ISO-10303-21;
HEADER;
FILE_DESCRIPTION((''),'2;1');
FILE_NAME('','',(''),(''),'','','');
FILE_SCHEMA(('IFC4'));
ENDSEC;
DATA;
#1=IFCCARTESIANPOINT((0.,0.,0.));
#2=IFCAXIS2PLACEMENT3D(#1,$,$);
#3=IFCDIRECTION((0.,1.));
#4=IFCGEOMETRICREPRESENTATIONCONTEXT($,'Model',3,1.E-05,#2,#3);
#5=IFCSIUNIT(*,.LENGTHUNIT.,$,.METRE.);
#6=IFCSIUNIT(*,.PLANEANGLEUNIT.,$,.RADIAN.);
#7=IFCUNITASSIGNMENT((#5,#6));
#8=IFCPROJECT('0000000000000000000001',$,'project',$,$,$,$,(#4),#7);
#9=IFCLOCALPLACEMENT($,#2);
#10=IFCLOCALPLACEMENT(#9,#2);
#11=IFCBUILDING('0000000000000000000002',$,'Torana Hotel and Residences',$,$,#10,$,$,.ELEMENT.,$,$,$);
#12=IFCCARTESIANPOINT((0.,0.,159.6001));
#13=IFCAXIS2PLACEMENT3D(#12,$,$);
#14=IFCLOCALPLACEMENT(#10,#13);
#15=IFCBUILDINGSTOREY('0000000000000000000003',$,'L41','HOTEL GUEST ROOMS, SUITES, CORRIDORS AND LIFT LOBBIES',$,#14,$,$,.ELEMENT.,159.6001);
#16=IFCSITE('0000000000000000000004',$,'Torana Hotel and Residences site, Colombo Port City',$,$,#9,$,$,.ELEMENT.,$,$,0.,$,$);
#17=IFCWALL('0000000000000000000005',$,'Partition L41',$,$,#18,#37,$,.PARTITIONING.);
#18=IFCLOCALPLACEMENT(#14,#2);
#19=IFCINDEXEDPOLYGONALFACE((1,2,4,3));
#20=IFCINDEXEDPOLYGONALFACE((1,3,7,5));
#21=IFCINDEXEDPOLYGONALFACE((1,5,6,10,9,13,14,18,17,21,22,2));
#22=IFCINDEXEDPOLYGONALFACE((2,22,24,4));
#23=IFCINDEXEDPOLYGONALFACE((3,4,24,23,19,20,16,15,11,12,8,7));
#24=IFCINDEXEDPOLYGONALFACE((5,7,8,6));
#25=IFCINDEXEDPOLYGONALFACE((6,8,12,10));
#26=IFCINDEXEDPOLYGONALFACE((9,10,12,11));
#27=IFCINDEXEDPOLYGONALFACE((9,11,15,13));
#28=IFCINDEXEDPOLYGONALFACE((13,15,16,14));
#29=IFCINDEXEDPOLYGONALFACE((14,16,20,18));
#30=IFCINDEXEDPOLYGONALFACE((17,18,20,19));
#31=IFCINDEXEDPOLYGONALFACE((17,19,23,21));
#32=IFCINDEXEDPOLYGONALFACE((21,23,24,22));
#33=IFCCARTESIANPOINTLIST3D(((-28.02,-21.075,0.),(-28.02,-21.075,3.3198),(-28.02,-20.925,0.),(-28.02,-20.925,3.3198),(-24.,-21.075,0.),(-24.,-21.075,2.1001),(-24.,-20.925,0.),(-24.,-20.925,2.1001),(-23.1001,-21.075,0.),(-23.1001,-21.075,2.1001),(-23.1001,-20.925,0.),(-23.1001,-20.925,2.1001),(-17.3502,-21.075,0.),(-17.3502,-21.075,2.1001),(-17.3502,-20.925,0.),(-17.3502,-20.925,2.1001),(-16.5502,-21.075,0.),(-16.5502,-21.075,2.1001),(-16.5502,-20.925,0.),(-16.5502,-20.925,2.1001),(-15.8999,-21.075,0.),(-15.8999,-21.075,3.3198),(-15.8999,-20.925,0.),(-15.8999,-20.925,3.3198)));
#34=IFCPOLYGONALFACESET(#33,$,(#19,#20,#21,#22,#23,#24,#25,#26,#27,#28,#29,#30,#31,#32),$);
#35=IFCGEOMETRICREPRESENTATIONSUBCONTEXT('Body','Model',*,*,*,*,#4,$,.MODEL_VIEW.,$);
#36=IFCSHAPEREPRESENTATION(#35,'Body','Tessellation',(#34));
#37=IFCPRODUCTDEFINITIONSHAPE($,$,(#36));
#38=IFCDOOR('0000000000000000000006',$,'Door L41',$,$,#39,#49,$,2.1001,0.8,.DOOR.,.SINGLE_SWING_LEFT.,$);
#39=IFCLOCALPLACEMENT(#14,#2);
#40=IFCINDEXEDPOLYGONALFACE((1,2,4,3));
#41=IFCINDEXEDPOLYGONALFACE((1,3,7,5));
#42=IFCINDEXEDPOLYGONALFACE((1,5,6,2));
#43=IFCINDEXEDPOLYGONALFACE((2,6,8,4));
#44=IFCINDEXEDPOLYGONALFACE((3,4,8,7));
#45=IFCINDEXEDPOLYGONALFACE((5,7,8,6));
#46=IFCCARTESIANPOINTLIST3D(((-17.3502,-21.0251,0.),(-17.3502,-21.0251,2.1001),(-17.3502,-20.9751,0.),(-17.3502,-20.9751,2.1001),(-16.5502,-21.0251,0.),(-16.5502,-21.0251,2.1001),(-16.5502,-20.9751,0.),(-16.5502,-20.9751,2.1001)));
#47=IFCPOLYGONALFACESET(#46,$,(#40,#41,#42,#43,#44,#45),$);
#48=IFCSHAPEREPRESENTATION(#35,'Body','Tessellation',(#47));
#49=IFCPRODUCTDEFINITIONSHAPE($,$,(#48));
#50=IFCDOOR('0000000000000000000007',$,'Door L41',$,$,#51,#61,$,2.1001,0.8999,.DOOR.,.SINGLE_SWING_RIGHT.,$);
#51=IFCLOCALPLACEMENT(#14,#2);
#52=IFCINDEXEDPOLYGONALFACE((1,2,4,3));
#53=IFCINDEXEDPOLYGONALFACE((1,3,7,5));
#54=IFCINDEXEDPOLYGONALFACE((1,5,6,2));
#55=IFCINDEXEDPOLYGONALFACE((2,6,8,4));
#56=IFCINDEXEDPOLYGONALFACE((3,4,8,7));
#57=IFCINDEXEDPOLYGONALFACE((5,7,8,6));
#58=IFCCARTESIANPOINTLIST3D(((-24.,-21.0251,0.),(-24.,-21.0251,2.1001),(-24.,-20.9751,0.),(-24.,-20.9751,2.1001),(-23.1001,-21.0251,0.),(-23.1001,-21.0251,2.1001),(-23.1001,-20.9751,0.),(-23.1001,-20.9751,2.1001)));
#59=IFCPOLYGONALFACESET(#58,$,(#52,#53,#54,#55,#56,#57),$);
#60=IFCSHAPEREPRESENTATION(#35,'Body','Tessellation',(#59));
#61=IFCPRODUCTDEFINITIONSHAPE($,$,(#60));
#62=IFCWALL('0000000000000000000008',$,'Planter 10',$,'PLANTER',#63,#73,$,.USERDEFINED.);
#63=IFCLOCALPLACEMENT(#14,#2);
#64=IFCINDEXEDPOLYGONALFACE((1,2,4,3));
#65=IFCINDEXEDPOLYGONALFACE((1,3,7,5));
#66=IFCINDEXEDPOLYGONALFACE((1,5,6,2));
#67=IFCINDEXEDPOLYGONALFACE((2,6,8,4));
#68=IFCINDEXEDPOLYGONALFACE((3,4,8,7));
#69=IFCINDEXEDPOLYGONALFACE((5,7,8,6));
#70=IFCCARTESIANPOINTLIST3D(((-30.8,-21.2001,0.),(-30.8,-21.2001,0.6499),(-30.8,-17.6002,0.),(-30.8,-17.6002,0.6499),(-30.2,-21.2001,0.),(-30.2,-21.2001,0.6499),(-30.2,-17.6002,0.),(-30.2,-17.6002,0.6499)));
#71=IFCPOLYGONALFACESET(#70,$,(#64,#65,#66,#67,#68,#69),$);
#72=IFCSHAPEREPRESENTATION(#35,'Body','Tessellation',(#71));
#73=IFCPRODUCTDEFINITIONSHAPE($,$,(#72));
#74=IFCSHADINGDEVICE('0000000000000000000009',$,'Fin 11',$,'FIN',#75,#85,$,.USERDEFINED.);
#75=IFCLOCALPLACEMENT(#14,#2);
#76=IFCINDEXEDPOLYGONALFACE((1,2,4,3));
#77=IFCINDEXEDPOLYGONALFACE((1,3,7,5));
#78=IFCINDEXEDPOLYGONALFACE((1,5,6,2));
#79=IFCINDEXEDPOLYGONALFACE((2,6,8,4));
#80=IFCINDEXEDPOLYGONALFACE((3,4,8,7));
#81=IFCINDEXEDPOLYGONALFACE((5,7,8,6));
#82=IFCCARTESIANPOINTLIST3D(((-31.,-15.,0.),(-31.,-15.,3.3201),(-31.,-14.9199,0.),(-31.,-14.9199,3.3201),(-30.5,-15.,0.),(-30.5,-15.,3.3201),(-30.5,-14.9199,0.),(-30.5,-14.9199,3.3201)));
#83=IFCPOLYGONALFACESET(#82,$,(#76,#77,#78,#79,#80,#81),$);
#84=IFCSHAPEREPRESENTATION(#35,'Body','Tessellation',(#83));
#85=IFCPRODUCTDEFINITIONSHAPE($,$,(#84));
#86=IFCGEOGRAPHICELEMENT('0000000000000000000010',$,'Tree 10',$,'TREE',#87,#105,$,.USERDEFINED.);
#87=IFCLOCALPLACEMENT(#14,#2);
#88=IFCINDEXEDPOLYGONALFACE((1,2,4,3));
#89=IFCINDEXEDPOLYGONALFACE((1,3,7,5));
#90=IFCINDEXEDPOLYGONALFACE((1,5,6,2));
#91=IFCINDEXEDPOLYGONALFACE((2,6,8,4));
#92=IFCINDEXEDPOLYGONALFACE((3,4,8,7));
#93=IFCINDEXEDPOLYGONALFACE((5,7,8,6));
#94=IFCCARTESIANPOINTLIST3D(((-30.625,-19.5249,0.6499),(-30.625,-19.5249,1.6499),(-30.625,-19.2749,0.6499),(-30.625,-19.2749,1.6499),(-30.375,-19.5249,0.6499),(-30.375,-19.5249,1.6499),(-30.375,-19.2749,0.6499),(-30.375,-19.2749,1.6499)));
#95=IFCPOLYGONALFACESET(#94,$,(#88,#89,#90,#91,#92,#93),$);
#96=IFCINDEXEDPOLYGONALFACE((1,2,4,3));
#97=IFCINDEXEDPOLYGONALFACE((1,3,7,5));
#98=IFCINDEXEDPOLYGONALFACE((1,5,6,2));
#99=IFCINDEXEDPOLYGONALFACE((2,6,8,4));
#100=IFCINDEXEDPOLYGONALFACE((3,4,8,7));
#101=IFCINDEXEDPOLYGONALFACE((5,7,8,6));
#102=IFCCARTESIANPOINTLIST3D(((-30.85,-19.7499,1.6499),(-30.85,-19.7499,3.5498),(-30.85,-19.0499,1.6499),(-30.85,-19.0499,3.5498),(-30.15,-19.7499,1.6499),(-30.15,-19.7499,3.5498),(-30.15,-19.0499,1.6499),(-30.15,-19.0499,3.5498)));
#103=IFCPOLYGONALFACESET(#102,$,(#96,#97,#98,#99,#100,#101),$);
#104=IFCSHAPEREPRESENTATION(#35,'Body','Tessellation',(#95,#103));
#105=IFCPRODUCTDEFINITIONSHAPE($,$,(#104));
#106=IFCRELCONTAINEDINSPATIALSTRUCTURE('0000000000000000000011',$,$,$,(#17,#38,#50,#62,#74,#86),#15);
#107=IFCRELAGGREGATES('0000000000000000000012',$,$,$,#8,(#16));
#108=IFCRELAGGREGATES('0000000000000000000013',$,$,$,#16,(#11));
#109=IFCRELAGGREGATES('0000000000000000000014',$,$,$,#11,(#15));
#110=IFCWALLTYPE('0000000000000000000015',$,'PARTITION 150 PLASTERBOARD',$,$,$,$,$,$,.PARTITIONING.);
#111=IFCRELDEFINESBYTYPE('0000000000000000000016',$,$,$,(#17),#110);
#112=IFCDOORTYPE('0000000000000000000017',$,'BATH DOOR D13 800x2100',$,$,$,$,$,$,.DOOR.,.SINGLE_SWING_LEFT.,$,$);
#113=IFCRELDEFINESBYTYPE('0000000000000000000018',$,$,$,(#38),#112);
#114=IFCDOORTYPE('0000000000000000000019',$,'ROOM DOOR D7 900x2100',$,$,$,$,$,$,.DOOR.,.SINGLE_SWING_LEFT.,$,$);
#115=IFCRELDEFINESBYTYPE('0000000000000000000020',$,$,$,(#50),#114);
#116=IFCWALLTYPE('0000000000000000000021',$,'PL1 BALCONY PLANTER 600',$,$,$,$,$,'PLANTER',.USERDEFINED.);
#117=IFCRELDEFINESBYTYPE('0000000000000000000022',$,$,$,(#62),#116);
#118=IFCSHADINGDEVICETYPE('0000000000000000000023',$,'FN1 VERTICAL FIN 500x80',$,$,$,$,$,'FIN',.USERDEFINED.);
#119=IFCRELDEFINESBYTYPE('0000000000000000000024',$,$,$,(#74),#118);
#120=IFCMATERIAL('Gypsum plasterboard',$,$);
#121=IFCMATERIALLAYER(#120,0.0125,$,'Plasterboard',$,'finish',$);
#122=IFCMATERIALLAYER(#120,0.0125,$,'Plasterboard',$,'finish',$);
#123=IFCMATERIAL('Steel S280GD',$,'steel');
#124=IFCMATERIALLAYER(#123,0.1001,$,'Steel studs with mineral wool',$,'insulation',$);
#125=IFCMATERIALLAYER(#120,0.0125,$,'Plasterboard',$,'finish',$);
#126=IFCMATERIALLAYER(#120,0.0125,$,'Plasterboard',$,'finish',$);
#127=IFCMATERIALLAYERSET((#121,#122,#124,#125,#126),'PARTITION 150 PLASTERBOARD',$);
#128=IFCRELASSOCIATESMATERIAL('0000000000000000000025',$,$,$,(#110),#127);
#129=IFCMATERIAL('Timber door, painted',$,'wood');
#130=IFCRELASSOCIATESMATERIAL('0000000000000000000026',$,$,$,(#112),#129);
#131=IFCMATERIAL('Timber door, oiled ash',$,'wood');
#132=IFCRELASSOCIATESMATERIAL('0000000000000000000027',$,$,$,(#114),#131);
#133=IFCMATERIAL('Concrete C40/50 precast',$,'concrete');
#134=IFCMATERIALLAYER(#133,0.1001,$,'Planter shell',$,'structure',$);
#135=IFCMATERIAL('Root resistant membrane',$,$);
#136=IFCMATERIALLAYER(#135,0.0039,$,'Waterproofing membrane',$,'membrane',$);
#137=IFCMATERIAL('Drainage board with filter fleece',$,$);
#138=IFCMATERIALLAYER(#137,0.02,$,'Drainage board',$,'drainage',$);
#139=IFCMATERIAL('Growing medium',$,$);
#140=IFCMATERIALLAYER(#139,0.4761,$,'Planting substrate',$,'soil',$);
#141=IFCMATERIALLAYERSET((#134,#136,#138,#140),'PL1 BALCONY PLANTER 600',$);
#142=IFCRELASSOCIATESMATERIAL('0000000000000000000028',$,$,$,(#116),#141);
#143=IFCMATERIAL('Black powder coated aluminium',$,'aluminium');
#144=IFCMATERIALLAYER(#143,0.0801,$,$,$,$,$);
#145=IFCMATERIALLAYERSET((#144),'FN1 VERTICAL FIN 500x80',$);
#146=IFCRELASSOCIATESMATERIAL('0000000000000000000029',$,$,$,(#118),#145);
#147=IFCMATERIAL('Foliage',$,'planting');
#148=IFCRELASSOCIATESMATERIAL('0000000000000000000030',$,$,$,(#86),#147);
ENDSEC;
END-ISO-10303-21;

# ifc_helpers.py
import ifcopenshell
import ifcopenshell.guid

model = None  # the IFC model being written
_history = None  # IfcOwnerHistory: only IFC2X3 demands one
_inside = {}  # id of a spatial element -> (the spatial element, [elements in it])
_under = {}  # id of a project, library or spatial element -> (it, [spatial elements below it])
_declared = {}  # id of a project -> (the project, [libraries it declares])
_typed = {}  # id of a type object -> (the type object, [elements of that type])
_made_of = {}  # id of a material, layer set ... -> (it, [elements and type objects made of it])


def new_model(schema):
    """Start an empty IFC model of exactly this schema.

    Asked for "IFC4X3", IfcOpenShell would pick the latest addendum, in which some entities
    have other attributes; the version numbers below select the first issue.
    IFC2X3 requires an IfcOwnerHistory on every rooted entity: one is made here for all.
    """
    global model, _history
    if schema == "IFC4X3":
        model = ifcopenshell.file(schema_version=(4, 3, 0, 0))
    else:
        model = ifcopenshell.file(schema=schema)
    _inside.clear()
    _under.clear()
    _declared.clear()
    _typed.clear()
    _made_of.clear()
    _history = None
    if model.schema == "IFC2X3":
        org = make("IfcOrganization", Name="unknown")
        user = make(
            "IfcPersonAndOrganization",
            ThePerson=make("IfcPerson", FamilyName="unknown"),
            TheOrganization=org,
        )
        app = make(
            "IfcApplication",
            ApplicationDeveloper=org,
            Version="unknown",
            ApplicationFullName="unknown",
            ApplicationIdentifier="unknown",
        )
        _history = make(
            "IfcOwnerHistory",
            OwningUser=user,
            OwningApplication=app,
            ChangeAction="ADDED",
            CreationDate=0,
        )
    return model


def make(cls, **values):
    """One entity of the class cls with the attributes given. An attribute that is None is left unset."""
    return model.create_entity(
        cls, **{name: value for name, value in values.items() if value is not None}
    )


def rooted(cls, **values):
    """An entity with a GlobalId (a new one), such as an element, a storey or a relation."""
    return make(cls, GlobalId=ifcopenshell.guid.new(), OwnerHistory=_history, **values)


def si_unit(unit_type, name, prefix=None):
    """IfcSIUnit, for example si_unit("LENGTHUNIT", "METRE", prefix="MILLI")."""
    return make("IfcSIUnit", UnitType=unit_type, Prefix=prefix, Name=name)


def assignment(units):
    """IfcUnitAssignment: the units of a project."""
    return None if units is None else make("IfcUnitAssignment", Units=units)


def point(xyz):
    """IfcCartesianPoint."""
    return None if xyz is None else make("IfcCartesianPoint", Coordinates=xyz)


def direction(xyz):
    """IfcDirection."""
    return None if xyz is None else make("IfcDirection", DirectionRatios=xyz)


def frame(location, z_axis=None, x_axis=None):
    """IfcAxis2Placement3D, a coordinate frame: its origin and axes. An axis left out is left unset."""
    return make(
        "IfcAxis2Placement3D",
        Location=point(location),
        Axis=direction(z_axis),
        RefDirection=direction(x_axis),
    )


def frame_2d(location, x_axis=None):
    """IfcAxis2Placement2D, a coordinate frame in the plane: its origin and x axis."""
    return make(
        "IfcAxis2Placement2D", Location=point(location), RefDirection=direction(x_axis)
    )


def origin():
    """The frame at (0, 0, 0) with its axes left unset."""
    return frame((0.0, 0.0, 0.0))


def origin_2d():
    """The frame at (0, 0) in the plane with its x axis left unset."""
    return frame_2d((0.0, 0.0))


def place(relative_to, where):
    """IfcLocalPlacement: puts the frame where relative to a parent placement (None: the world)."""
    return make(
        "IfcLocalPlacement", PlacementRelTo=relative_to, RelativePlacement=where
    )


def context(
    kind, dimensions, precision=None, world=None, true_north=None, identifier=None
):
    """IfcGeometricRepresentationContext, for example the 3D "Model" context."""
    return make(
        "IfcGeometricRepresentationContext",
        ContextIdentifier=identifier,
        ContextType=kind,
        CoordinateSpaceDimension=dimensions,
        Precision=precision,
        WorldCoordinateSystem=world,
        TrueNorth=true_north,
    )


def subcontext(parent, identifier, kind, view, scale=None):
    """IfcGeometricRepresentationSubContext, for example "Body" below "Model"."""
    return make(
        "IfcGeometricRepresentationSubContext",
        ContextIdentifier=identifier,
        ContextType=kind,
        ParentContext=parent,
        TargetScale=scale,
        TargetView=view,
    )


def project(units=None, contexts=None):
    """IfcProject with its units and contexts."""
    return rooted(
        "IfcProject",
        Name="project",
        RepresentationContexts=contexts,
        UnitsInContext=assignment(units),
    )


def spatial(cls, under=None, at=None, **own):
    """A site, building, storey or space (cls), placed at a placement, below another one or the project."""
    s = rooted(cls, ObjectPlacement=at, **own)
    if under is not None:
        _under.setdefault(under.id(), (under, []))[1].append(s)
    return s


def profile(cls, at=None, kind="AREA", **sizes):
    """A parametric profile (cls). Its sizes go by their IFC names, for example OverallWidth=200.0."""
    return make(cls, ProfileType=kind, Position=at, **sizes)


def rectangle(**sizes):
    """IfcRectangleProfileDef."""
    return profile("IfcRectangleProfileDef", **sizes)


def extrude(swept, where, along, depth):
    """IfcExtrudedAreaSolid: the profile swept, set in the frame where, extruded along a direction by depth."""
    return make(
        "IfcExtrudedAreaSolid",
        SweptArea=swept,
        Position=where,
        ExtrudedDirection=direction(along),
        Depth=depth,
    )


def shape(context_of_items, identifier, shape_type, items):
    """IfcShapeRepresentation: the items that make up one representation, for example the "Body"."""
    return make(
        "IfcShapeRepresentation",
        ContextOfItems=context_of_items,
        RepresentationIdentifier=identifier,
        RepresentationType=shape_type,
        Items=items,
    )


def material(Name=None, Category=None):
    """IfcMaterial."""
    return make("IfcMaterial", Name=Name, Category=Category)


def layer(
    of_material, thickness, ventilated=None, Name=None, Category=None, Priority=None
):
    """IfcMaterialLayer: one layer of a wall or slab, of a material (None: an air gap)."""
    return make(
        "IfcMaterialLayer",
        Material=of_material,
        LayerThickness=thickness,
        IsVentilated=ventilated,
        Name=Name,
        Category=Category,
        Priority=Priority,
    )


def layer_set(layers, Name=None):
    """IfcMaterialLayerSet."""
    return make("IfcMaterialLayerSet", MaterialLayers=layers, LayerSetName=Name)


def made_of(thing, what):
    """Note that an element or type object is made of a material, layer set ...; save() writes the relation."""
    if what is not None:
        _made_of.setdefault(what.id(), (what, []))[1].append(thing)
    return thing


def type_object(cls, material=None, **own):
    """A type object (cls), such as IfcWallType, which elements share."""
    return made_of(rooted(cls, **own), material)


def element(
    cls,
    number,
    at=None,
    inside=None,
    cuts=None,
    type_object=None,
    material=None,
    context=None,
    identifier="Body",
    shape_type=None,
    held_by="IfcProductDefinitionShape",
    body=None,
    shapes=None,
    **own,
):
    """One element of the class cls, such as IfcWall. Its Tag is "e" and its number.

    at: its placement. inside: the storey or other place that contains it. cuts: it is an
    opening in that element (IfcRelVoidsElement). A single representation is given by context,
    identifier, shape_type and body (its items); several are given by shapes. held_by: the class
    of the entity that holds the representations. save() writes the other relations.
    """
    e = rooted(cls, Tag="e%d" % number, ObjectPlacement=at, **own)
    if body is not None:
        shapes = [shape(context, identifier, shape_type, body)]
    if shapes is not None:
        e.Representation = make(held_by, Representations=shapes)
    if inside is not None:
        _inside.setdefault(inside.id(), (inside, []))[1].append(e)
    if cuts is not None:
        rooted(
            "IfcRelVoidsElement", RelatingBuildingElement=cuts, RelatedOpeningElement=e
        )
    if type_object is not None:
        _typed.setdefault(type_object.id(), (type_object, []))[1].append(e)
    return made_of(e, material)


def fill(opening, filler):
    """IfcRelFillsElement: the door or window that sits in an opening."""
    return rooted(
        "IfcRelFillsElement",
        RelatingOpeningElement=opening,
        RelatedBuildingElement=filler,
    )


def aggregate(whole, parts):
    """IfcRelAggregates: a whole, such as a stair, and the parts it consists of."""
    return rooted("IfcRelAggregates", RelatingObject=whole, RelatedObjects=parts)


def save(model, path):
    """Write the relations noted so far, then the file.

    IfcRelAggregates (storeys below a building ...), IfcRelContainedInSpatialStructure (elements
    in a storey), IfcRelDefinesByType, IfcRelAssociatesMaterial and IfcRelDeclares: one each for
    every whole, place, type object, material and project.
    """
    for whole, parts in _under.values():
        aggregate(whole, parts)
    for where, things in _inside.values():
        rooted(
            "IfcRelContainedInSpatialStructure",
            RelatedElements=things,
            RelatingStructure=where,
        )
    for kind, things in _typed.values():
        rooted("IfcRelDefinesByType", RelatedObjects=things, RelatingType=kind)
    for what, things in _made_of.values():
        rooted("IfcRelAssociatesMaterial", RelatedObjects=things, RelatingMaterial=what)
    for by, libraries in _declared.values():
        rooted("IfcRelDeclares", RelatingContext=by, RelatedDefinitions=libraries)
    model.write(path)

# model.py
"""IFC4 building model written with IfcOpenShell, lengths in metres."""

from ifc_helpers import new_model, si_unit, direction, frame, frame_2d, origin, origin_2d, place, context, subcontext, project, spatial, rectangle, extrude, material, layer, layer_set, type_object, element, fill, save


model = new_model("IFC4")

# Units and contexts
model_context = context("Model", 3, precision=1e-05, world=origin(), true_north=direction((0.0, 1.0)))
body_context = subcontext(model_context, "Body", "Model", "MODEL_VIEW")
ifc_project = project(units=[si_unit("LENGTHUNIT", "METRE"), si_unit("PLANEANGLEUNIT", "RADIAN")], contexts=[model_context])

# Site, building, storey
site_placement = place(None, origin())
site = spatial("IfcSite", under=ifc_project, at=site_placement, Name="Torana Hotel and Residences site, Colombo Port City", CompositionType="ELEMENT", RefElevation=0.0)
building_placement = place(site_placement, origin())
building = spatial("IfcBuilding", under=site, at=building_placement, Name="Torana Hotel and Residences", CompositionType="ELEMENT")
storey_placement = place(building_placement, frame((0.0, 0.0, 159.6001)))
storey = spatial("IfcBuildingStorey", under=building, at=storey_placement, Name="L41", Description="HOTEL GUEST ROOMS, SUITES, CORRIDORS AND LIFT LOBBIES", CompositionType="ELEMENT", Elevation=159.6001)

# Wall, openings, doors
ifc_material_1 = material(Name="Gypsum plasterboard")
ifc_layer_1 = layer(ifc_material_1, 0.0125, Name="Plasterboard", Category="finish")
ifc_layer_2 = layer(ifc_material_1, 0.0125, Name="Plasterboard", Category="finish")
ifc_material_2 = material(Name="Steel S280GD", Category="steel")
ifc_layer_3 = layer(ifc_material_2, 0.1001, Name="Steel studs with mineral wool", Category="insulation")
ifc_layer_4 = layer(ifc_material_1, 0.0125, Name="Plasterboard", Category="finish")
ifc_layer_5 = layer(ifc_material_1, 0.0125, Name="Plasterboard", Category="finish")
ifc_layer_set_1 = layer_set([ifc_layer_1, ifc_layer_2, ifc_layer_3, ifc_layer_4, ifc_layer_5], Name="PARTITION 150 PLASTERBOARD")
wall_type_1 = type_object("IfcWallType", Name="PARTITION 150 PLASTERBOARD", PredefinedType="PARTITIONING", material=ifc_layer_set_1)
wall_1_placement = place(storey_placement, frame((-28.02, -21.0, 0.0), z_axis=(0.0, 0.0, 1.0), x_axis=(1.0, 0.0, 0.0)))
wall_1 = element("IfcWall", 1, at=wall_1_placement, inside=storey, type_object=wall_type_1, Name="Partition L41", PredefinedType="PARTITIONING", context=body_context, shape_type="SweptSolid", body=[
    extrude(rectangle(XDim=12.1201, YDim=0.1499, at=frame_2d((6.0601, 0.0))), origin(), (0.0, 0.0, 1.0), 3.3198),
])
opening_1_placement = place(wall_1_placement, frame((10.6699, 0.0, 0.0)))
opening_1 = element("IfcOpeningElement", 2, at=opening_1_placement, cuts=wall_1, PredefinedType="OPENING", context=body_context, shape_type="SweptSolid", body=[
    extrude(rectangle(XDim=0.8, YDim=2.1001, at=frame_2d((0.3999, 1.05))), frame((0.0, 0.085, 0.0), z_axis=(0.0, -1.0, 0.0), x_axis=(1.0, 0.0, 0.0)), (0.0, 0.0, 1.0), 0.1699),
])
opening_2_placement = place(wall_1_placement, frame((4.02, 0.0, 0.0)))
opening_2 = element("IfcOpeningElement", 3, at=opening_2_placement, cuts=wall_1, PredefinedType="OPENING", context=body_context, shape_type="SweptSolid", body=[
    extrude(rectangle(XDim=0.8999, YDim=2.1001, at=frame_2d((0.45, 1.05))), frame((0.0, 0.085, 0.0), z_axis=(0.0, -1.0, 0.0), x_axis=(1.0, 0.0, 0.0)), (0.0, 0.0, 1.0), 0.1699),
])
ifc_material_3 = material(Name="Timber door, painted", Category="wood")
door_type_1 = type_object("IfcDoorType", Name="BATH DOOR D13 800x2100", OperationType="SINGLE_SWING_LEFT", PredefinedType="DOOR", material=ifc_material_3)
door_1_placement = place(opening_1_placement, origin())
door_1 = element("IfcDoor", 4, at=door_1_placement, inside=storey, type_object=door_type_1, Name="Door L41", OperationType="SINGLE_SWING_LEFT", OverallHeight=2.1001, OverallWidth=0.8, PredefinedType="DOOR", context=body_context, shape_type="SweptSolid", body=[
    extrude(rectangle(XDim=0.8, YDim=2.1001, at=frame_2d((0.3999, 1.05))), frame((0.0, 0.0249, 0.0), z_axis=(0.0, -1.0, 0.0), x_axis=(1.0, 0.0, 0.0)), (0.0, 0.0, 1.0), 0.05),
])
fill(opening_1, door_1)
ifc_material_4 = material(Name="Timber door, oiled ash", Category="wood")
door_type_2 = type_object("IfcDoorType", Name="ROOM DOOR D7 900x2100", OperationType="SINGLE_SWING_LEFT", PredefinedType="DOOR", material=ifc_material_4)
door_2_placement = place(opening_2_placement, origin())
door_2 = element("IfcDoor", 5, at=door_2_placement, inside=storey, type_object=door_type_2, Name="Door L41", OperationType="SINGLE_SWING_RIGHT", OverallHeight=2.1001, OverallWidth=0.8999, PredefinedType="DOOR", context=body_context, shape_type="SweptSolid", body=[
    extrude(rectangle(XDim=0.8999, YDim=2.1001, at=frame_2d((0.45, 1.05))), frame((0.0, 0.0249, 0.0), z_axis=(0.0, -1.0, 0.0), x_axis=(1.0, 0.0, 0.0)), (0.0, 0.0, 1.0), 0.05),
])
fill(opening_2, door_2)

# Wall
ifc_material_5 = material(Name="Concrete C40/50 precast", Category="concrete")
ifc_layer_6 = layer(ifc_material_5, 0.1001, Name="Planter shell", Category="structure")
ifc_material_6 = material(Name="Root resistant membrane")
ifc_layer_7 = layer(ifc_material_6, 0.0039, Name="Waterproofing membrane", Category="membrane")
ifc_material_7 = material(Name="Drainage board with filter fleece")
ifc_layer_8 = layer(ifc_material_7, 0.02, Name="Drainage board", Category="drainage")
ifc_material_8 = material(Name="Growing medium")
ifc_layer_9 = layer(ifc_material_8, 0.4761, Name="Planting substrate", Category="soil")
ifc_layer_set_2 = layer_set([ifc_layer_6, ifc_layer_7, ifc_layer_8, ifc_layer_9], Name="PL1 BALCONY PLANTER 600")
wall_type_2 = type_object("IfcWallType", Name="PL1 BALCONY PLANTER 600", ElementType="PLANTER", PredefinedType="USERDEFINED", material=ifc_layer_set_2)
wall_2_placement = place(storey_placement, frame((-30.5, -21.2, 0.0), z_axis=(0.0, 0.0, 1.0), x_axis=(0.0, 1.0, 0.0)))
element("IfcWall", 6, at=wall_2_placement, inside=storey, type_object=wall_type_2, Name="Planter 10", ObjectType="PLANTER", PredefinedType="USERDEFINED", context=body_context, shape_type="SweptSolid", body=[
    extrude(rectangle(XDim=3.5999, YDim=0.6001, at=frame_2d((1.7998, 0.0))), origin(), (0.0, 0.0, 1.0), 0.6499),
])

# Shading device
ifc_material_9 = material(Name="Black powder coated aluminium", Category="aluminium")
ifc_layer_10 = layer(ifc_material_9, 0.0801)
ifc_layer_set_3 = layer_set([ifc_layer_10], Name="FN1 VERTICAL FIN 500x80")
shading_device_type = type_object("IfcShadingDeviceType", Name="FN1 VERTICAL FIN 500x80", ElementType="FIN", PredefinedType="USERDEFINED", material=ifc_layer_set_3)
shading_device_placement = place(storey_placement, frame((-30.75, -14.96, 0.0), z_axis=(0.0, 0.0, 1.0), x_axis=(0.0, 1.0, 0.0)))
element("IfcShadingDevice", 7, at=shading_device_placement, inside=storey, type_object=shading_device_type, Name="Fin 11", ObjectType="FIN", PredefinedType="USERDEFINED", context=body_context, shape_type="SweptSolid", body=[
    extrude(rectangle(XDim=0.0801, YDim=0.5, at=origin_2d()), origin(), (0.0, 0.0, 1.0), 3.3201),
])

# Geographic element
ifc_material_10 = material(Name="Foliage", Category="planting")
geographic_element_placement = place(storey_placement, frame((-30.5, -19.3999, 0.6499), z_axis=(0.0, 0.0, 1.0), x_axis=(1.0, 0.0, 0.0)))
element("IfcGeographicElement", 8, at=geographic_element_placement, inside=storey, material=ifc_material_10, Name="Tree 10", ObjectType="TREE", PredefinedType="USERDEFINED", context=body_context, shape_type="SweptSolid", body=[
    extrude(rectangle(XDim=0.25, YDim=0.25, at=origin_2d()), origin(), (0.0, 0.0, 1.0), 1.0),
    extrude(rectangle(XDim=0.7, YDim=0.7, at=origin_2d()), frame((0.0, 0.0, 1.0)), (0.0, 0.0, 1.0), 1.8999),
])

save(model, "model.ifc")
